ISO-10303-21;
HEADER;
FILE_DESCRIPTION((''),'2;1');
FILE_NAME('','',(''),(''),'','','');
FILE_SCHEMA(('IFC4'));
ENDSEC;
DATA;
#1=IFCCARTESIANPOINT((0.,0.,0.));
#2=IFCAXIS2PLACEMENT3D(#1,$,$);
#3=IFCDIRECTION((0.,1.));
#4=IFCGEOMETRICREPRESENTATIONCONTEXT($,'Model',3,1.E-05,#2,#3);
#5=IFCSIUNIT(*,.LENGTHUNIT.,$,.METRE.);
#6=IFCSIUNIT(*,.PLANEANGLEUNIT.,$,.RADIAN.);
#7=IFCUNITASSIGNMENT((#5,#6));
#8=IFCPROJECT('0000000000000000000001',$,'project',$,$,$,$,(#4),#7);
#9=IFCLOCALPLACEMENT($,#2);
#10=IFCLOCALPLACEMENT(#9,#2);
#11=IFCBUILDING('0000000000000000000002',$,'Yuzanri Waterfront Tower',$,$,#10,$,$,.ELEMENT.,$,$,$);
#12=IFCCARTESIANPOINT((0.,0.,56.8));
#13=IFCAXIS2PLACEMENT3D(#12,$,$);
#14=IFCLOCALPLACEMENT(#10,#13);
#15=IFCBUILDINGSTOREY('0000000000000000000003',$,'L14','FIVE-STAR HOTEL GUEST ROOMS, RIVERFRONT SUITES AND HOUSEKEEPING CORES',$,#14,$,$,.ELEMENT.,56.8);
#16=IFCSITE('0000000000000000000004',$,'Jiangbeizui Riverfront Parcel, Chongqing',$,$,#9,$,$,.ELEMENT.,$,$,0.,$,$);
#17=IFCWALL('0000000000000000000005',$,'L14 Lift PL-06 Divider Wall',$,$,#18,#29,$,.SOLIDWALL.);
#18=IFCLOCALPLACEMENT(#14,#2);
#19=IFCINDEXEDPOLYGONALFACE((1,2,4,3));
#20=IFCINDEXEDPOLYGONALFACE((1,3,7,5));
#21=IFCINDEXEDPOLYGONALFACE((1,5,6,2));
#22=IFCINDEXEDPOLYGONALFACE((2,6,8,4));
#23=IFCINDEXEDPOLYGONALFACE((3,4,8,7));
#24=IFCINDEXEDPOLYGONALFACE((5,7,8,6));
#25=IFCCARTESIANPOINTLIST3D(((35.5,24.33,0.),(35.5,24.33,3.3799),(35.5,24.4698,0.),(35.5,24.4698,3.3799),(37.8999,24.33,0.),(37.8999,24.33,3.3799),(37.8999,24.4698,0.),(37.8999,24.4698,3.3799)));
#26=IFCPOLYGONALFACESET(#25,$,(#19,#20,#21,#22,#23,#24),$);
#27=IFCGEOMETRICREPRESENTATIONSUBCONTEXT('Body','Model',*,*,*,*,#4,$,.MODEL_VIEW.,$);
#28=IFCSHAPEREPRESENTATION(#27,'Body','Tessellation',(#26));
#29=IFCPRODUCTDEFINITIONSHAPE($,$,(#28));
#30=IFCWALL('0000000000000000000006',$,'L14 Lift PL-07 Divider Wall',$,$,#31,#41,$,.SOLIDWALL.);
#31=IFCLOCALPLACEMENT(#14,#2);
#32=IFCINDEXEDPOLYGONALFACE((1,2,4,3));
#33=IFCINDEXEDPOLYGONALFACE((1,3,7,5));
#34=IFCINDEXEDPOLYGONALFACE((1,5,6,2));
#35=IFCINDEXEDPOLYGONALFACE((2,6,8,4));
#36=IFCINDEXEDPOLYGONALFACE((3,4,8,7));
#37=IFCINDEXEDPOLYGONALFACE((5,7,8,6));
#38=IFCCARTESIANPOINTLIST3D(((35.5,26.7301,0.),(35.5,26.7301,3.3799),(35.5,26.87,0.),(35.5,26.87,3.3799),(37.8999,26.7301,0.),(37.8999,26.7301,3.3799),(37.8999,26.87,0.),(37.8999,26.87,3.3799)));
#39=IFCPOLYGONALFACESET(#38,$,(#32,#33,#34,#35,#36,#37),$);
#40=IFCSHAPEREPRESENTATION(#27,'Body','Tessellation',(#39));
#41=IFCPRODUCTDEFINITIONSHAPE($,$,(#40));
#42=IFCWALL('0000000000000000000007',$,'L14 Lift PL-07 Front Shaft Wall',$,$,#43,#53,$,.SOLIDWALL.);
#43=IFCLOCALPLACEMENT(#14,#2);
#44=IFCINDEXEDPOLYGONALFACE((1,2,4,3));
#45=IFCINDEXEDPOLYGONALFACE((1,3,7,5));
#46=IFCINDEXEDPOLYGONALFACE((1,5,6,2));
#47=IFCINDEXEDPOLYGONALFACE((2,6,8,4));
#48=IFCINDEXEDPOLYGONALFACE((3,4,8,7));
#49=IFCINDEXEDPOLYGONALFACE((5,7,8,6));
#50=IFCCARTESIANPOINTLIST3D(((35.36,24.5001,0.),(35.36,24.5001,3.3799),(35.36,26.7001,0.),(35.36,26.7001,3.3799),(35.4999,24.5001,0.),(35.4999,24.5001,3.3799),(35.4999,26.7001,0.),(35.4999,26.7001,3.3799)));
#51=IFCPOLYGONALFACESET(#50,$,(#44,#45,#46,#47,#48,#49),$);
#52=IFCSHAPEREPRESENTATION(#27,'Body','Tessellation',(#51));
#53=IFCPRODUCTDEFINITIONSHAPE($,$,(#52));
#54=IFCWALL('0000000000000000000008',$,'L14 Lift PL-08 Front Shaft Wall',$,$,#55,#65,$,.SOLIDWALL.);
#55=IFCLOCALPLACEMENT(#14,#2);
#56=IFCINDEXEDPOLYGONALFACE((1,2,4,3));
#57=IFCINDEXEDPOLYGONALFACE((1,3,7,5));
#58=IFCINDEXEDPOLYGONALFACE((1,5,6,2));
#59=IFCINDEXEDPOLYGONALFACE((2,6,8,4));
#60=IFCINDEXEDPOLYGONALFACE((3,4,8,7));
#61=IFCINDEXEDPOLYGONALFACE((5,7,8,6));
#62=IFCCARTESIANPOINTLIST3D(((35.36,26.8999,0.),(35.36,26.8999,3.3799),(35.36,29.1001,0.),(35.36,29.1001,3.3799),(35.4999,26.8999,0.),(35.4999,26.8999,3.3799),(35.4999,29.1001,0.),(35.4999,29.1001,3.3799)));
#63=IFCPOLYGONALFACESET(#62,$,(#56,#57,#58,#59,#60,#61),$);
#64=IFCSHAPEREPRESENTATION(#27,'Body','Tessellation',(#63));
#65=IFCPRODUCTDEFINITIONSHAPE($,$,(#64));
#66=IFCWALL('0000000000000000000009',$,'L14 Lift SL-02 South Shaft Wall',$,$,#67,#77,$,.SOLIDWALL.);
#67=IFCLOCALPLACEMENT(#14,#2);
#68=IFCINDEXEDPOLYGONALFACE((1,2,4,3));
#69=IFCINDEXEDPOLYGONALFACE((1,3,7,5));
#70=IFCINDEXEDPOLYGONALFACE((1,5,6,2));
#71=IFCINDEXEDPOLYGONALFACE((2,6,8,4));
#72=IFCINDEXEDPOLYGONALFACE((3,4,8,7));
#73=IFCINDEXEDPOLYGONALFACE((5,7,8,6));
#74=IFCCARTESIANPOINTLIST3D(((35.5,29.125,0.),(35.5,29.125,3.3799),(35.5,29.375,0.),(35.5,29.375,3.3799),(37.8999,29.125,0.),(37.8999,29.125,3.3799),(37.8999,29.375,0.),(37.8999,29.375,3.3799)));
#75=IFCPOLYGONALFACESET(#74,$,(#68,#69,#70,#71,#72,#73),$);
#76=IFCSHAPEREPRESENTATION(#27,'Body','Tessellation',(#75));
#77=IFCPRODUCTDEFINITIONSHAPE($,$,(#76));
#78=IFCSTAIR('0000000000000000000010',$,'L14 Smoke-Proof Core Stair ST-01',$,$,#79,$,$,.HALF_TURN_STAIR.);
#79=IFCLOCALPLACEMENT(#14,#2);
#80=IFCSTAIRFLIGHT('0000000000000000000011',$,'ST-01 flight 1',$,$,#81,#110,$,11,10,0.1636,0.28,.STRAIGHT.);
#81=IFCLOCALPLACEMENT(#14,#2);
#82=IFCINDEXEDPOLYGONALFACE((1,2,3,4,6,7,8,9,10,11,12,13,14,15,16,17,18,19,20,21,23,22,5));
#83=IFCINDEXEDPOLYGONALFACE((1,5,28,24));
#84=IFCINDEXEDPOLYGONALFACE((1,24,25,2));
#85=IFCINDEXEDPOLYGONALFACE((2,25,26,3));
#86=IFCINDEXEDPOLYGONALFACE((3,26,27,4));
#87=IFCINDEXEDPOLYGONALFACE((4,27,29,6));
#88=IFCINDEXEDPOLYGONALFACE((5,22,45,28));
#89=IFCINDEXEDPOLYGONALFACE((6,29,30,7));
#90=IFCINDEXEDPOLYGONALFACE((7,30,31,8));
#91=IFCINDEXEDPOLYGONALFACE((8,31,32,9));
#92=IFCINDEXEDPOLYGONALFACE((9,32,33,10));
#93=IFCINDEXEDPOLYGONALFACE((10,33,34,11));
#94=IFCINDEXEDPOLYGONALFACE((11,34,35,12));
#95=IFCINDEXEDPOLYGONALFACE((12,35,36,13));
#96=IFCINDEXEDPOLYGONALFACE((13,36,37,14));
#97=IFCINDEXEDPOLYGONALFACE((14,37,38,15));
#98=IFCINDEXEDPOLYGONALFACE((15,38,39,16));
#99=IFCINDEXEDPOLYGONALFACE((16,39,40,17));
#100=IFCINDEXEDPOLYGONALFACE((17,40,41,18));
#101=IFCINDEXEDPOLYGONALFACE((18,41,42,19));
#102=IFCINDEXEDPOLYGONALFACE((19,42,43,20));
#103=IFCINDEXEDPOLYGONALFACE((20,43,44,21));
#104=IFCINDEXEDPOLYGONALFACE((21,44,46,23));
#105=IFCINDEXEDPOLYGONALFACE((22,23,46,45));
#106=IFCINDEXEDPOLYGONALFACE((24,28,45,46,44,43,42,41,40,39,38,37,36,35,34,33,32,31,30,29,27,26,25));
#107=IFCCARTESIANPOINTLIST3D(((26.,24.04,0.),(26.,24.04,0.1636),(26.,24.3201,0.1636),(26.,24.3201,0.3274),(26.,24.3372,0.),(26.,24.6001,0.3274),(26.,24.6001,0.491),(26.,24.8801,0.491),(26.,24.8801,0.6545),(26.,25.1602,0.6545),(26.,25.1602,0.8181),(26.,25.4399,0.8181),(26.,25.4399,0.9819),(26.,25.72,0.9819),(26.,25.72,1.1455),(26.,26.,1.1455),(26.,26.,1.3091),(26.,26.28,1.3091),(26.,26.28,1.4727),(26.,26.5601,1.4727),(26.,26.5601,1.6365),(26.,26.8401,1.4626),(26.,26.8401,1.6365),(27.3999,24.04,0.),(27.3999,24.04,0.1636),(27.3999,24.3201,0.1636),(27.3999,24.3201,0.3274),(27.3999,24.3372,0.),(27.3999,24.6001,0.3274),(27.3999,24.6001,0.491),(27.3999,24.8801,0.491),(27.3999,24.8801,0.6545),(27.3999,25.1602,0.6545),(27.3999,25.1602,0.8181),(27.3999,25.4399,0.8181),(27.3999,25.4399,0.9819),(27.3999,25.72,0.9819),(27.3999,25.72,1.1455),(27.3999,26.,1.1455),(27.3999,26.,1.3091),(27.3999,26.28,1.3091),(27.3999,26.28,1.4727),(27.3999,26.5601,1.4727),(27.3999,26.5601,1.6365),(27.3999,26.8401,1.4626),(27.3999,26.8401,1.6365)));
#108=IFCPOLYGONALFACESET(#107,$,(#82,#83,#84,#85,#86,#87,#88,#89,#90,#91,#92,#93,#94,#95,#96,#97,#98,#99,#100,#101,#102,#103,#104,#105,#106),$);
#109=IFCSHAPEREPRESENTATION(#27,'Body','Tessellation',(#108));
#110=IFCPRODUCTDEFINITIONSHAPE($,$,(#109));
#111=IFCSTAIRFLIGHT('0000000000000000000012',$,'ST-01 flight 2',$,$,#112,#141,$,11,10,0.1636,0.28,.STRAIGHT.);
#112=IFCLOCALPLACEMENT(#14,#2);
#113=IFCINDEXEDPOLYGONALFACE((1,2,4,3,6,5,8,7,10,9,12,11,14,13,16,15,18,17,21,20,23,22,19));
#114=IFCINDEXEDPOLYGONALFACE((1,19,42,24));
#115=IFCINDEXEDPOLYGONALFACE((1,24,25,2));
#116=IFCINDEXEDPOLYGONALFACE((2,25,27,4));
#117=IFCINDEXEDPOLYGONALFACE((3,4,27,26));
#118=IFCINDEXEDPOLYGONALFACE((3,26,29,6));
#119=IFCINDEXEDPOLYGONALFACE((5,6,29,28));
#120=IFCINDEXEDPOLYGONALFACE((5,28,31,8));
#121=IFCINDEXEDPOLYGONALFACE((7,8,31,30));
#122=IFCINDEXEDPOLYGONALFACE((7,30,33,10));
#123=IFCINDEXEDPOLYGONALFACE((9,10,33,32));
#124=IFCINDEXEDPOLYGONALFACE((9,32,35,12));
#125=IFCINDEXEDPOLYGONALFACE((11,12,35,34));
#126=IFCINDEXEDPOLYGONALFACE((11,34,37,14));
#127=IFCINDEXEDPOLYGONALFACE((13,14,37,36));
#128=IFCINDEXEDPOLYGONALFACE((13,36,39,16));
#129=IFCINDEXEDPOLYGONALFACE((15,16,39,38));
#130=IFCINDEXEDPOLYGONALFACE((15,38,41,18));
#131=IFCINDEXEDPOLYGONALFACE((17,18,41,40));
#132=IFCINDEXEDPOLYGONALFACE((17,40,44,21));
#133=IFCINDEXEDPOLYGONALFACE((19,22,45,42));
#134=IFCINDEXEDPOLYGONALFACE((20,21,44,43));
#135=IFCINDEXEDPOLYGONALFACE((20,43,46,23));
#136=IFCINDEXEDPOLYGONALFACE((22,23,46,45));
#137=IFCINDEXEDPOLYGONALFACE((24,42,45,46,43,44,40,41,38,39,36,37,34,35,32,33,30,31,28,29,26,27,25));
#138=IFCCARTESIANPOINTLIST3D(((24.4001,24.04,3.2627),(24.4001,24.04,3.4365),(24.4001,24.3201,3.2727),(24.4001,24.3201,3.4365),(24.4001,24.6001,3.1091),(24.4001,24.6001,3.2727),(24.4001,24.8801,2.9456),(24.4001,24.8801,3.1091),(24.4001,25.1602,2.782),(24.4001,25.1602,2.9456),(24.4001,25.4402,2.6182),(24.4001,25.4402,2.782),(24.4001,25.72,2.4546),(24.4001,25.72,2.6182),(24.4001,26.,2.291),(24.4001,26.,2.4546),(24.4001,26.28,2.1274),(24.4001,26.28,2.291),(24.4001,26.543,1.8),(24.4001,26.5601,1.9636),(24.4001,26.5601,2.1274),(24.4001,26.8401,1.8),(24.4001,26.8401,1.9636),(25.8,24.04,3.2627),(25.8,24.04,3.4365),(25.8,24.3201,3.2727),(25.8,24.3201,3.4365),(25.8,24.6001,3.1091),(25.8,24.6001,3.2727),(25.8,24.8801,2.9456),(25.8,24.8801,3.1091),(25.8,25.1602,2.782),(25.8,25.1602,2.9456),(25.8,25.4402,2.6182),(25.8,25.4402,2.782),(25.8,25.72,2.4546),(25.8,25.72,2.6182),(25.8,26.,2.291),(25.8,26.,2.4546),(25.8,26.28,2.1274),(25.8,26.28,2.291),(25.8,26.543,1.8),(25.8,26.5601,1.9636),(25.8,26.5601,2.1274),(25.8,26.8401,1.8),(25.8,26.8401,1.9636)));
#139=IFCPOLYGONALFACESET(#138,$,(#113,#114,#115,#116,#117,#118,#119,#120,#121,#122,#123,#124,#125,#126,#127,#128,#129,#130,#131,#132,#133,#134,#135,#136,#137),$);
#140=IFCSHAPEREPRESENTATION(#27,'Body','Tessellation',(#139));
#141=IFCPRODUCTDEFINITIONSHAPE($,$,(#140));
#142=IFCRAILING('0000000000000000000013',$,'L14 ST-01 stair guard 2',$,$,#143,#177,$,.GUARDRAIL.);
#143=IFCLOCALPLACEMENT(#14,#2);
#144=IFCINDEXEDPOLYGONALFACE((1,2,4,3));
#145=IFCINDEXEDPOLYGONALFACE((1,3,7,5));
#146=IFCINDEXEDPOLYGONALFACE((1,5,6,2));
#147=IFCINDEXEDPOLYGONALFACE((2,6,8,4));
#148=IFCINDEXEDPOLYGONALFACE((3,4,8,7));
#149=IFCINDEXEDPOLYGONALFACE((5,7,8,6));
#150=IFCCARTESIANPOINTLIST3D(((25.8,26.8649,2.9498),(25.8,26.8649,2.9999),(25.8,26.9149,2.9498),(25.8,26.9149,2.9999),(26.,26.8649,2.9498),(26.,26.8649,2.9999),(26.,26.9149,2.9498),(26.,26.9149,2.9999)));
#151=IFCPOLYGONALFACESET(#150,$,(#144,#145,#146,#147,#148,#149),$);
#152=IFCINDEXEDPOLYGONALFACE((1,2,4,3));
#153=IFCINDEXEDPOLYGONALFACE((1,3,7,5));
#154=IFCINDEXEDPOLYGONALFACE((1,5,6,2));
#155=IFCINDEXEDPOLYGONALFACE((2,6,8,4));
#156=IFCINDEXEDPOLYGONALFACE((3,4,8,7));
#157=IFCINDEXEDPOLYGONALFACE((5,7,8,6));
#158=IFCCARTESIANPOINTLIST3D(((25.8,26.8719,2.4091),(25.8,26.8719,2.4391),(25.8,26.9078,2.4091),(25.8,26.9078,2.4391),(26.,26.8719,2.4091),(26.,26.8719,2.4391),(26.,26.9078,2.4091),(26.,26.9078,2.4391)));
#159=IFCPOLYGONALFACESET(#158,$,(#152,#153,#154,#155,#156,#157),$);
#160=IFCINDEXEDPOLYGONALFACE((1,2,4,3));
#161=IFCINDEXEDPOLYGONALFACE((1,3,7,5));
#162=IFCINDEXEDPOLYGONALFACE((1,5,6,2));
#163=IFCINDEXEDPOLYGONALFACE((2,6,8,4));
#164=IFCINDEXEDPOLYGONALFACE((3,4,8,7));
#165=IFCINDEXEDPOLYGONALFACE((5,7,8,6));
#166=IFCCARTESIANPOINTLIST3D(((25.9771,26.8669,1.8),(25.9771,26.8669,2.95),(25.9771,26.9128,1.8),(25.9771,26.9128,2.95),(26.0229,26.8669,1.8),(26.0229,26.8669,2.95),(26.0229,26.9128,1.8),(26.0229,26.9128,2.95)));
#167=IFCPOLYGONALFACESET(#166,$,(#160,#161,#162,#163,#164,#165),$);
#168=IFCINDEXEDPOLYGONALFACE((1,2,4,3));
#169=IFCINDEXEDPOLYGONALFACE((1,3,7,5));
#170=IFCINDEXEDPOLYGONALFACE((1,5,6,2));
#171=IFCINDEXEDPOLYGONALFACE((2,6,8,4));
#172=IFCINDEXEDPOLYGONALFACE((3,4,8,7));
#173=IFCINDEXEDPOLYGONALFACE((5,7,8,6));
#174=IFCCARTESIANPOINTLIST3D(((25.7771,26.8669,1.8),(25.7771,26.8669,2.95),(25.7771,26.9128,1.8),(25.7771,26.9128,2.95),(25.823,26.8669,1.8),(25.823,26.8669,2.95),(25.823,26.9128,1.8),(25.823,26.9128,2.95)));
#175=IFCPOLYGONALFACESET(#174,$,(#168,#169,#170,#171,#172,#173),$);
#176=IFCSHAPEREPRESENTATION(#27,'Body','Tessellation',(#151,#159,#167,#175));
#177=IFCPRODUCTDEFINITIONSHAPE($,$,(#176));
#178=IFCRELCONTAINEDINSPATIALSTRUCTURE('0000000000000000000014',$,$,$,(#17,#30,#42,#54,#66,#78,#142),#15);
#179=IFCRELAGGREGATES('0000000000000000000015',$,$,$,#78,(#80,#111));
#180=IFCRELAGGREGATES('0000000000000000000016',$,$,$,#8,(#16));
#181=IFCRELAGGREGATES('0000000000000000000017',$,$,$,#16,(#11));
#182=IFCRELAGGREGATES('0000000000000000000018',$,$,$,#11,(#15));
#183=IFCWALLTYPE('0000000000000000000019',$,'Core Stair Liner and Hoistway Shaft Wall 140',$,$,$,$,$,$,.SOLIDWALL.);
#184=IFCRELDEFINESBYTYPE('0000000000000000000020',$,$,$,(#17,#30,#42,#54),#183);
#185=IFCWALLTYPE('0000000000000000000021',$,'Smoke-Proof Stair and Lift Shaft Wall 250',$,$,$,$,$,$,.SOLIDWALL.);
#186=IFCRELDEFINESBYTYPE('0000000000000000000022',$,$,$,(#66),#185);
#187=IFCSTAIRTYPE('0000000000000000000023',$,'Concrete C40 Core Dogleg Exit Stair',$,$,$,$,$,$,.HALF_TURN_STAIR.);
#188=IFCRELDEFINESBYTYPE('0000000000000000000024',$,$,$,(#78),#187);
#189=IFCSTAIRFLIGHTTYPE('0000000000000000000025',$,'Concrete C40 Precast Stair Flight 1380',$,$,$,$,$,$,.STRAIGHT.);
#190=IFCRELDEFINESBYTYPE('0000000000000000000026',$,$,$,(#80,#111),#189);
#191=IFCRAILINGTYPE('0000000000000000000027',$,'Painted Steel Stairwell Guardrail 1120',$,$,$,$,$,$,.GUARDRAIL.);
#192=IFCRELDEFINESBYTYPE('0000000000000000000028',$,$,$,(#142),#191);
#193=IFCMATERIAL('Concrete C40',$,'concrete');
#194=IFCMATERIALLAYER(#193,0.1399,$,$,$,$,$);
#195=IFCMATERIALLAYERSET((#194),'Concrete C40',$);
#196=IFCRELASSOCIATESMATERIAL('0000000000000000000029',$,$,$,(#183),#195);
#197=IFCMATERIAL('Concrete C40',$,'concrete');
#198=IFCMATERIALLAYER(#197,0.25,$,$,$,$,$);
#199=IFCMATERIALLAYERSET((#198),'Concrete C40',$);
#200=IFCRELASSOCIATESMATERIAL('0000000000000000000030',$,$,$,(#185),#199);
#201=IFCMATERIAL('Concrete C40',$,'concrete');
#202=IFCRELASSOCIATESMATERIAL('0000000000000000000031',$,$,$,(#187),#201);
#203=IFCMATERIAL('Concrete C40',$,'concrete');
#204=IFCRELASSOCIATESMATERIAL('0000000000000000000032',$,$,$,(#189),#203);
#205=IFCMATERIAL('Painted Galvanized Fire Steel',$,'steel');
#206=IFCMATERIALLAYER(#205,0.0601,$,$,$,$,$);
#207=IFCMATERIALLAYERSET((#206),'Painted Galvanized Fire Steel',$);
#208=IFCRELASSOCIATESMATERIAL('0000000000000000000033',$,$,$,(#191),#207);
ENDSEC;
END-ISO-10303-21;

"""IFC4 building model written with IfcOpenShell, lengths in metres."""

from ifc_helpers import new_model, si_unit, direction, frame, frame_2d, origin, origin_2d, place, context, subcontext, project, spatial, polyline, rectangle, outline, extrude, source, transform, mapped, material, layer, layer_set, type_object, element, aggregate, save


model = new_model("IFC4")

# Units and contexts
model_context = context("Model", 3, precision=1e-05, world=origin(), true_north=direction((0.0, 1.0)))
body_context = subcontext(model_context, "Body", "Model", "MODEL_VIEW")
ifc_project = project(units=[si_unit("LENGTHUNIT", "METRE"), si_unit("PLANEANGLEUNIT", "RADIAN")], contexts=[model_context])

# Site, building, storey
site_placement = place(None, origin())
site = spatial("IfcSite", under=ifc_project, at=site_placement, Name="Jiangbeizui Riverfront Parcel, Chongqing", CompositionType="ELEMENT", RefElevation=0.0)
building_placement = place(site_placement, origin())
building = spatial("IfcBuilding", under=site, at=building_placement, Name="Yuzanri Waterfront Tower", CompositionType="ELEMENT")
storey_placement = place(building_placement, frame((0.0, 0.0, 56.8)))
storey = spatial("IfcBuildingStorey", under=building, at=storey_placement, Name="L14", Description="FIVE-STAR HOTEL GUEST ROOMS, RIVERFRONT SUITES AND HOUSEKEEPING CORES", CompositionType="ELEMENT", Elevation=56.8)

# Shared definitions
ifc_material_1 = material(Name="Concrete C40", Category="concrete")
ifc_layer_1 = layer(ifc_material_1, 0.1399)
ifc_layer_set_1 = layer_set([ifc_layer_1], Name="Concrete C40")
wall_type_1 = type_object("IfcWallType", Name="Core Stair Liner and Hoistway Shaft Wall 140", PredefinedType="SOLIDWALL", material=ifc_layer_set_1)

# Walls
ifc_material_2 = material(Name="Concrete C40", Category="concrete")
ifc_layer_2 = layer(ifc_material_2, 0.25)
ifc_layer_set_2 = layer_set([ifc_layer_2], Name="Concrete C40")
wall_type_2 = type_object("IfcWallType", Name="Smoke-Proof Stair and Lift Shaft Wall 250", PredefinedType="SOLIDWALL", material=ifc_layer_set_2)
shared_shape_1 = source(origin(), body_context, "Body", "SweptSolid", [
    extrude(rectangle(XDim=2.3999, YDim=0.1399, at=frame_2d((1.2, 0.0))), origin(), (0.0, 0.0, 1.0), 3.3799),
])
for number, where, z_axis, x_axis, name in (
    (1, (35.5, 24.3999, 0.0), (0.0, 0.0, 1.0), (1.0, 0.0, 0.0), "L14 Lift PL-06 Divider Wall"),
    (2, (35.5, 26.8, 0.0), (0.0, 0.0, 1.0), (1.0, 0.0, 0.0), "L14 Lift PL-07 Divider Wall"),
):
    element("IfcWall", number, at=place(storey_placement, frame(where, z_axis=z_axis, x_axis=x_axis)), inside=storey, type_object=wall_type_1, Name=name, PredefinedType="SOLIDWALL", context=body_context, shape_type="MappedRepresentation", body=[
        mapped(shared_shape_1, transform((0.0, 0.0, 0.0), scale=1.0)),
    ])
shared_shape_2 = source(origin(), body_context, "Body", "SweptSolid", [
    extrude(rectangle(XDim=2.2, YDim=0.1399, at=frame_2d((1.1001, 0.0))), origin(), (0.0, 0.0, 1.0), 3.3799),
])
wall_1_placement = place(storey_placement, frame((35.4299, 24.5, 0.0), z_axis=(0.0, 0.0, 1.0), x_axis=(0.0, 1.0, 0.0)))
element("IfcWall", 3, at=wall_1_placement, inside=storey, type_object=wall_type_1, Name="L14 Lift PL-07 Front Shaft Wall", PredefinedType="SOLIDWALL", context=body_context, shape_type="MappedRepresentation", body=[
    mapped(shared_shape_2, transform((0.0, 0.0, 0.0), scale=1.0)),
])
shared_shape_3 = source(origin(), body_context, "Body", "SweptSolid", [
    extrude(rectangle(XDim=2.2002, YDim=0.1399, at=frame_2d((1.1001, 0.0))), origin(), (0.0, 0.0, 1.0), 3.3799),
])
wall_2_placement = place(storey_placement, frame((35.4299, 26.8999, 0.0), z_axis=(0.0, 0.0, 1.0), x_axis=(0.0, 1.0, 0.0)))
element("IfcWall", 4, at=wall_2_placement, inside=storey, type_object=wall_type_1, Name="L14 Lift PL-08 Front Shaft Wall", PredefinedType="SOLIDWALL", context=body_context, shape_type="MappedRepresentation", body=[
    mapped(shared_shape_3, transform((0.0, 0.0, 0.0), scale=1.0)),
])
shared_shape_4 = source(origin(), body_context, "Body", "SweptSolid", [
    extrude(rectangle(XDim=2.3999, YDim=0.25, at=frame_2d((1.2, 0.0))), origin(), (0.0, 0.0, 1.0), 3.3799),
])
wall_3_placement = place(storey_placement, frame((35.5, 29.25, 0.0), z_axis=(0.0, 0.0, 1.0), x_axis=(1.0, 0.0, 0.0)))
element("IfcWall", 5, at=wall_3_placement, inside=storey, type_object=wall_type_2, Name="L14 Lift SL-02 South Shaft Wall", PredefinedType="SOLIDWALL", context=body_context, shape_type="MappedRepresentation", body=[
    mapped(shared_shape_4, transform((0.0, 0.0, 0.0), scale=1.0)),
])

# Stair, stair flights
ifc_material_3 = material(Name="Concrete C40", Category="concrete")
stair_type = type_object("IfcStairType", Name="Concrete C40 Core Dogleg Exit Stair", PredefinedType="HALF_TURN_STAIR", material=ifc_material_3)
stair_placement = place(storey_placement, origin())
stair = element("IfcStair", 6, at=stair_placement, inside=storey, type_object=stair_type, Name="L14 Smoke-Proof Core Stair ST-01", PredefinedType="HALF_TURN_STAIR")
ifc_material_4 = material(Name="Concrete C40", Category="concrete")
stair_flight_type = type_object("IfcStairFlightType", Name="Concrete C40 Precast Stair Flight 1380", PredefinedType="STRAIGHT", material=ifc_material_4)
shared_shape_5 = source(origin(), body_context, "Body", "SweptSolid", [
    extrude(outline(polyline([(0.0, 0.0), (0.0, 0.1636), (0.28, 0.1636), (0.28, 0.3274), (0.5601, 0.3274), (0.5601, 0.491), (0.8401, 0.491), (0.8401, 0.6545), (1.1201, 0.6545), (1.1201, 0.8181), (1.3999, 0.8181), (1.3999, 0.9819), (1.6799, 0.9819), (1.6799, 1.1455), (1.96, 1.1455), (1.96, 1.3091), (2.24, 1.3091), (2.24, 1.4727), (2.52, 1.4727), (2.52, 1.6365), (2.8, 1.6365), (2.8, 1.8), (2.8, 1.4626), (0.2971, 0.0), (0.0, 0.0)])), frame((0.0, 0.7, 0.0), z_axis=(0.0, -1.0, 0.0), x_axis=(1.0, 0.0, 0.0)), (0.0, 0.0, 1.0), 1.3999),
])
stair_flight_1_placement = place(storey_placement, frame((26.7, 24.04, 0.0), z_axis=(0.0, 0.0, 1.0), x_axis=(0.0, 1.0, 0.0)))
stair_flight_1 = element("IfcStairFlight", 7, at=stair_flight_1_placement, type_object=stair_flight_type, Name="ST-01 flight 1", NumberOfRisers=11, NumberOfTreads=10, PredefinedType="STRAIGHT", RiserHeight=0.1636, TreadLength=0.28, context=body_context, shape_type="MappedRepresentation", body=[
    mapped(shared_shape_5, transform((0.0, 0.0, 0.0), scale=1.0)),
])
stair_flight_2_placement = place(storey_placement, frame((25.1001, 26.8401, 1.8), z_axis=(0.0, 0.0, 1.0), x_axis=(0.0, -1.0, 0.0)))
stair_flight_2 = element("IfcStairFlight", 8, at=stair_flight_2_placement, type_object=stair_flight_type, Name="ST-01 flight 2", NumberOfRisers=11, NumberOfTreads=10, PredefinedType="STRAIGHT", RiserHeight=0.1636, TreadLength=0.28, context=body_context, shape_type="MappedRepresentation", body=[
    mapped(shared_shape_5, transform((0.0, 0.0, 0.0), scale=1.0)),
])
aggregate(stair, [stair_flight_1, stair_flight_2])

# Railing
ifc_material_5 = material(Name="Painted Galvanized Fire Steel", Category="steel")
ifc_layer_3 = layer(ifc_material_5, 0.0601)
ifc_layer_set_3 = layer_set([ifc_layer_3], Name="Painted Galvanized Fire Steel")
railing_type_1 = type_object("IfcRailingType", Name="Painted Steel Stairwell Guardrail 1120", PredefinedType="GUARDRAIL", material=ifc_layer_set_3)
shared_shape_6 = source(origin(), body_context, "Body", "SweptSolid", [
    extrude(rectangle(XDim=0.05, YDim=0.05, at=origin_2d()), frame((0.0, 0.0, 1.1748), z_axis=(-1.0, 0.0, 0.0), x_axis=(0.0, -1.0, 0.0)), (0.0, 0.0, 1.0), 0.2),
    extrude(rectangle(XDim=0.0359, YDim=0.03, at=origin_2d()), frame((0.0, 0.0, 0.624), z_axis=(-1.0, 0.0, 0.0), x_axis=(0.0, -1.0, 0.0)), (0.0, 0.0, 1.0), 0.2),
    extrude(rectangle(XDim=0.0459, YDim=0.0459, at=origin_2d()), origin(), (0.0, 0.0, 1.0), 1.1499),
    extrude(rectangle(XDim=0.0459, YDim=0.0459, at=origin_2d()), frame((-0.2, 0.0, 0.0)), (0.0, 0.0, 1.0), 1.1499),
])
for number, where, name in (
    (9, (26.0, 26.8899, 1.8), "L14 ST-01 stair guard 2"),
):
    element("IfcRailing", number, at=place(storey_placement, frame(where)), inside=storey, type_object=railing_type_1, Name=name, PredefinedType="GUARDRAIL", context=body_context, shape_type="MappedRepresentation", body=[
        mapped(shared_shape_6, transform((0.0, 0.0, 0.0), scale=1.0)),
    ])

save(model, "model.ifc")
